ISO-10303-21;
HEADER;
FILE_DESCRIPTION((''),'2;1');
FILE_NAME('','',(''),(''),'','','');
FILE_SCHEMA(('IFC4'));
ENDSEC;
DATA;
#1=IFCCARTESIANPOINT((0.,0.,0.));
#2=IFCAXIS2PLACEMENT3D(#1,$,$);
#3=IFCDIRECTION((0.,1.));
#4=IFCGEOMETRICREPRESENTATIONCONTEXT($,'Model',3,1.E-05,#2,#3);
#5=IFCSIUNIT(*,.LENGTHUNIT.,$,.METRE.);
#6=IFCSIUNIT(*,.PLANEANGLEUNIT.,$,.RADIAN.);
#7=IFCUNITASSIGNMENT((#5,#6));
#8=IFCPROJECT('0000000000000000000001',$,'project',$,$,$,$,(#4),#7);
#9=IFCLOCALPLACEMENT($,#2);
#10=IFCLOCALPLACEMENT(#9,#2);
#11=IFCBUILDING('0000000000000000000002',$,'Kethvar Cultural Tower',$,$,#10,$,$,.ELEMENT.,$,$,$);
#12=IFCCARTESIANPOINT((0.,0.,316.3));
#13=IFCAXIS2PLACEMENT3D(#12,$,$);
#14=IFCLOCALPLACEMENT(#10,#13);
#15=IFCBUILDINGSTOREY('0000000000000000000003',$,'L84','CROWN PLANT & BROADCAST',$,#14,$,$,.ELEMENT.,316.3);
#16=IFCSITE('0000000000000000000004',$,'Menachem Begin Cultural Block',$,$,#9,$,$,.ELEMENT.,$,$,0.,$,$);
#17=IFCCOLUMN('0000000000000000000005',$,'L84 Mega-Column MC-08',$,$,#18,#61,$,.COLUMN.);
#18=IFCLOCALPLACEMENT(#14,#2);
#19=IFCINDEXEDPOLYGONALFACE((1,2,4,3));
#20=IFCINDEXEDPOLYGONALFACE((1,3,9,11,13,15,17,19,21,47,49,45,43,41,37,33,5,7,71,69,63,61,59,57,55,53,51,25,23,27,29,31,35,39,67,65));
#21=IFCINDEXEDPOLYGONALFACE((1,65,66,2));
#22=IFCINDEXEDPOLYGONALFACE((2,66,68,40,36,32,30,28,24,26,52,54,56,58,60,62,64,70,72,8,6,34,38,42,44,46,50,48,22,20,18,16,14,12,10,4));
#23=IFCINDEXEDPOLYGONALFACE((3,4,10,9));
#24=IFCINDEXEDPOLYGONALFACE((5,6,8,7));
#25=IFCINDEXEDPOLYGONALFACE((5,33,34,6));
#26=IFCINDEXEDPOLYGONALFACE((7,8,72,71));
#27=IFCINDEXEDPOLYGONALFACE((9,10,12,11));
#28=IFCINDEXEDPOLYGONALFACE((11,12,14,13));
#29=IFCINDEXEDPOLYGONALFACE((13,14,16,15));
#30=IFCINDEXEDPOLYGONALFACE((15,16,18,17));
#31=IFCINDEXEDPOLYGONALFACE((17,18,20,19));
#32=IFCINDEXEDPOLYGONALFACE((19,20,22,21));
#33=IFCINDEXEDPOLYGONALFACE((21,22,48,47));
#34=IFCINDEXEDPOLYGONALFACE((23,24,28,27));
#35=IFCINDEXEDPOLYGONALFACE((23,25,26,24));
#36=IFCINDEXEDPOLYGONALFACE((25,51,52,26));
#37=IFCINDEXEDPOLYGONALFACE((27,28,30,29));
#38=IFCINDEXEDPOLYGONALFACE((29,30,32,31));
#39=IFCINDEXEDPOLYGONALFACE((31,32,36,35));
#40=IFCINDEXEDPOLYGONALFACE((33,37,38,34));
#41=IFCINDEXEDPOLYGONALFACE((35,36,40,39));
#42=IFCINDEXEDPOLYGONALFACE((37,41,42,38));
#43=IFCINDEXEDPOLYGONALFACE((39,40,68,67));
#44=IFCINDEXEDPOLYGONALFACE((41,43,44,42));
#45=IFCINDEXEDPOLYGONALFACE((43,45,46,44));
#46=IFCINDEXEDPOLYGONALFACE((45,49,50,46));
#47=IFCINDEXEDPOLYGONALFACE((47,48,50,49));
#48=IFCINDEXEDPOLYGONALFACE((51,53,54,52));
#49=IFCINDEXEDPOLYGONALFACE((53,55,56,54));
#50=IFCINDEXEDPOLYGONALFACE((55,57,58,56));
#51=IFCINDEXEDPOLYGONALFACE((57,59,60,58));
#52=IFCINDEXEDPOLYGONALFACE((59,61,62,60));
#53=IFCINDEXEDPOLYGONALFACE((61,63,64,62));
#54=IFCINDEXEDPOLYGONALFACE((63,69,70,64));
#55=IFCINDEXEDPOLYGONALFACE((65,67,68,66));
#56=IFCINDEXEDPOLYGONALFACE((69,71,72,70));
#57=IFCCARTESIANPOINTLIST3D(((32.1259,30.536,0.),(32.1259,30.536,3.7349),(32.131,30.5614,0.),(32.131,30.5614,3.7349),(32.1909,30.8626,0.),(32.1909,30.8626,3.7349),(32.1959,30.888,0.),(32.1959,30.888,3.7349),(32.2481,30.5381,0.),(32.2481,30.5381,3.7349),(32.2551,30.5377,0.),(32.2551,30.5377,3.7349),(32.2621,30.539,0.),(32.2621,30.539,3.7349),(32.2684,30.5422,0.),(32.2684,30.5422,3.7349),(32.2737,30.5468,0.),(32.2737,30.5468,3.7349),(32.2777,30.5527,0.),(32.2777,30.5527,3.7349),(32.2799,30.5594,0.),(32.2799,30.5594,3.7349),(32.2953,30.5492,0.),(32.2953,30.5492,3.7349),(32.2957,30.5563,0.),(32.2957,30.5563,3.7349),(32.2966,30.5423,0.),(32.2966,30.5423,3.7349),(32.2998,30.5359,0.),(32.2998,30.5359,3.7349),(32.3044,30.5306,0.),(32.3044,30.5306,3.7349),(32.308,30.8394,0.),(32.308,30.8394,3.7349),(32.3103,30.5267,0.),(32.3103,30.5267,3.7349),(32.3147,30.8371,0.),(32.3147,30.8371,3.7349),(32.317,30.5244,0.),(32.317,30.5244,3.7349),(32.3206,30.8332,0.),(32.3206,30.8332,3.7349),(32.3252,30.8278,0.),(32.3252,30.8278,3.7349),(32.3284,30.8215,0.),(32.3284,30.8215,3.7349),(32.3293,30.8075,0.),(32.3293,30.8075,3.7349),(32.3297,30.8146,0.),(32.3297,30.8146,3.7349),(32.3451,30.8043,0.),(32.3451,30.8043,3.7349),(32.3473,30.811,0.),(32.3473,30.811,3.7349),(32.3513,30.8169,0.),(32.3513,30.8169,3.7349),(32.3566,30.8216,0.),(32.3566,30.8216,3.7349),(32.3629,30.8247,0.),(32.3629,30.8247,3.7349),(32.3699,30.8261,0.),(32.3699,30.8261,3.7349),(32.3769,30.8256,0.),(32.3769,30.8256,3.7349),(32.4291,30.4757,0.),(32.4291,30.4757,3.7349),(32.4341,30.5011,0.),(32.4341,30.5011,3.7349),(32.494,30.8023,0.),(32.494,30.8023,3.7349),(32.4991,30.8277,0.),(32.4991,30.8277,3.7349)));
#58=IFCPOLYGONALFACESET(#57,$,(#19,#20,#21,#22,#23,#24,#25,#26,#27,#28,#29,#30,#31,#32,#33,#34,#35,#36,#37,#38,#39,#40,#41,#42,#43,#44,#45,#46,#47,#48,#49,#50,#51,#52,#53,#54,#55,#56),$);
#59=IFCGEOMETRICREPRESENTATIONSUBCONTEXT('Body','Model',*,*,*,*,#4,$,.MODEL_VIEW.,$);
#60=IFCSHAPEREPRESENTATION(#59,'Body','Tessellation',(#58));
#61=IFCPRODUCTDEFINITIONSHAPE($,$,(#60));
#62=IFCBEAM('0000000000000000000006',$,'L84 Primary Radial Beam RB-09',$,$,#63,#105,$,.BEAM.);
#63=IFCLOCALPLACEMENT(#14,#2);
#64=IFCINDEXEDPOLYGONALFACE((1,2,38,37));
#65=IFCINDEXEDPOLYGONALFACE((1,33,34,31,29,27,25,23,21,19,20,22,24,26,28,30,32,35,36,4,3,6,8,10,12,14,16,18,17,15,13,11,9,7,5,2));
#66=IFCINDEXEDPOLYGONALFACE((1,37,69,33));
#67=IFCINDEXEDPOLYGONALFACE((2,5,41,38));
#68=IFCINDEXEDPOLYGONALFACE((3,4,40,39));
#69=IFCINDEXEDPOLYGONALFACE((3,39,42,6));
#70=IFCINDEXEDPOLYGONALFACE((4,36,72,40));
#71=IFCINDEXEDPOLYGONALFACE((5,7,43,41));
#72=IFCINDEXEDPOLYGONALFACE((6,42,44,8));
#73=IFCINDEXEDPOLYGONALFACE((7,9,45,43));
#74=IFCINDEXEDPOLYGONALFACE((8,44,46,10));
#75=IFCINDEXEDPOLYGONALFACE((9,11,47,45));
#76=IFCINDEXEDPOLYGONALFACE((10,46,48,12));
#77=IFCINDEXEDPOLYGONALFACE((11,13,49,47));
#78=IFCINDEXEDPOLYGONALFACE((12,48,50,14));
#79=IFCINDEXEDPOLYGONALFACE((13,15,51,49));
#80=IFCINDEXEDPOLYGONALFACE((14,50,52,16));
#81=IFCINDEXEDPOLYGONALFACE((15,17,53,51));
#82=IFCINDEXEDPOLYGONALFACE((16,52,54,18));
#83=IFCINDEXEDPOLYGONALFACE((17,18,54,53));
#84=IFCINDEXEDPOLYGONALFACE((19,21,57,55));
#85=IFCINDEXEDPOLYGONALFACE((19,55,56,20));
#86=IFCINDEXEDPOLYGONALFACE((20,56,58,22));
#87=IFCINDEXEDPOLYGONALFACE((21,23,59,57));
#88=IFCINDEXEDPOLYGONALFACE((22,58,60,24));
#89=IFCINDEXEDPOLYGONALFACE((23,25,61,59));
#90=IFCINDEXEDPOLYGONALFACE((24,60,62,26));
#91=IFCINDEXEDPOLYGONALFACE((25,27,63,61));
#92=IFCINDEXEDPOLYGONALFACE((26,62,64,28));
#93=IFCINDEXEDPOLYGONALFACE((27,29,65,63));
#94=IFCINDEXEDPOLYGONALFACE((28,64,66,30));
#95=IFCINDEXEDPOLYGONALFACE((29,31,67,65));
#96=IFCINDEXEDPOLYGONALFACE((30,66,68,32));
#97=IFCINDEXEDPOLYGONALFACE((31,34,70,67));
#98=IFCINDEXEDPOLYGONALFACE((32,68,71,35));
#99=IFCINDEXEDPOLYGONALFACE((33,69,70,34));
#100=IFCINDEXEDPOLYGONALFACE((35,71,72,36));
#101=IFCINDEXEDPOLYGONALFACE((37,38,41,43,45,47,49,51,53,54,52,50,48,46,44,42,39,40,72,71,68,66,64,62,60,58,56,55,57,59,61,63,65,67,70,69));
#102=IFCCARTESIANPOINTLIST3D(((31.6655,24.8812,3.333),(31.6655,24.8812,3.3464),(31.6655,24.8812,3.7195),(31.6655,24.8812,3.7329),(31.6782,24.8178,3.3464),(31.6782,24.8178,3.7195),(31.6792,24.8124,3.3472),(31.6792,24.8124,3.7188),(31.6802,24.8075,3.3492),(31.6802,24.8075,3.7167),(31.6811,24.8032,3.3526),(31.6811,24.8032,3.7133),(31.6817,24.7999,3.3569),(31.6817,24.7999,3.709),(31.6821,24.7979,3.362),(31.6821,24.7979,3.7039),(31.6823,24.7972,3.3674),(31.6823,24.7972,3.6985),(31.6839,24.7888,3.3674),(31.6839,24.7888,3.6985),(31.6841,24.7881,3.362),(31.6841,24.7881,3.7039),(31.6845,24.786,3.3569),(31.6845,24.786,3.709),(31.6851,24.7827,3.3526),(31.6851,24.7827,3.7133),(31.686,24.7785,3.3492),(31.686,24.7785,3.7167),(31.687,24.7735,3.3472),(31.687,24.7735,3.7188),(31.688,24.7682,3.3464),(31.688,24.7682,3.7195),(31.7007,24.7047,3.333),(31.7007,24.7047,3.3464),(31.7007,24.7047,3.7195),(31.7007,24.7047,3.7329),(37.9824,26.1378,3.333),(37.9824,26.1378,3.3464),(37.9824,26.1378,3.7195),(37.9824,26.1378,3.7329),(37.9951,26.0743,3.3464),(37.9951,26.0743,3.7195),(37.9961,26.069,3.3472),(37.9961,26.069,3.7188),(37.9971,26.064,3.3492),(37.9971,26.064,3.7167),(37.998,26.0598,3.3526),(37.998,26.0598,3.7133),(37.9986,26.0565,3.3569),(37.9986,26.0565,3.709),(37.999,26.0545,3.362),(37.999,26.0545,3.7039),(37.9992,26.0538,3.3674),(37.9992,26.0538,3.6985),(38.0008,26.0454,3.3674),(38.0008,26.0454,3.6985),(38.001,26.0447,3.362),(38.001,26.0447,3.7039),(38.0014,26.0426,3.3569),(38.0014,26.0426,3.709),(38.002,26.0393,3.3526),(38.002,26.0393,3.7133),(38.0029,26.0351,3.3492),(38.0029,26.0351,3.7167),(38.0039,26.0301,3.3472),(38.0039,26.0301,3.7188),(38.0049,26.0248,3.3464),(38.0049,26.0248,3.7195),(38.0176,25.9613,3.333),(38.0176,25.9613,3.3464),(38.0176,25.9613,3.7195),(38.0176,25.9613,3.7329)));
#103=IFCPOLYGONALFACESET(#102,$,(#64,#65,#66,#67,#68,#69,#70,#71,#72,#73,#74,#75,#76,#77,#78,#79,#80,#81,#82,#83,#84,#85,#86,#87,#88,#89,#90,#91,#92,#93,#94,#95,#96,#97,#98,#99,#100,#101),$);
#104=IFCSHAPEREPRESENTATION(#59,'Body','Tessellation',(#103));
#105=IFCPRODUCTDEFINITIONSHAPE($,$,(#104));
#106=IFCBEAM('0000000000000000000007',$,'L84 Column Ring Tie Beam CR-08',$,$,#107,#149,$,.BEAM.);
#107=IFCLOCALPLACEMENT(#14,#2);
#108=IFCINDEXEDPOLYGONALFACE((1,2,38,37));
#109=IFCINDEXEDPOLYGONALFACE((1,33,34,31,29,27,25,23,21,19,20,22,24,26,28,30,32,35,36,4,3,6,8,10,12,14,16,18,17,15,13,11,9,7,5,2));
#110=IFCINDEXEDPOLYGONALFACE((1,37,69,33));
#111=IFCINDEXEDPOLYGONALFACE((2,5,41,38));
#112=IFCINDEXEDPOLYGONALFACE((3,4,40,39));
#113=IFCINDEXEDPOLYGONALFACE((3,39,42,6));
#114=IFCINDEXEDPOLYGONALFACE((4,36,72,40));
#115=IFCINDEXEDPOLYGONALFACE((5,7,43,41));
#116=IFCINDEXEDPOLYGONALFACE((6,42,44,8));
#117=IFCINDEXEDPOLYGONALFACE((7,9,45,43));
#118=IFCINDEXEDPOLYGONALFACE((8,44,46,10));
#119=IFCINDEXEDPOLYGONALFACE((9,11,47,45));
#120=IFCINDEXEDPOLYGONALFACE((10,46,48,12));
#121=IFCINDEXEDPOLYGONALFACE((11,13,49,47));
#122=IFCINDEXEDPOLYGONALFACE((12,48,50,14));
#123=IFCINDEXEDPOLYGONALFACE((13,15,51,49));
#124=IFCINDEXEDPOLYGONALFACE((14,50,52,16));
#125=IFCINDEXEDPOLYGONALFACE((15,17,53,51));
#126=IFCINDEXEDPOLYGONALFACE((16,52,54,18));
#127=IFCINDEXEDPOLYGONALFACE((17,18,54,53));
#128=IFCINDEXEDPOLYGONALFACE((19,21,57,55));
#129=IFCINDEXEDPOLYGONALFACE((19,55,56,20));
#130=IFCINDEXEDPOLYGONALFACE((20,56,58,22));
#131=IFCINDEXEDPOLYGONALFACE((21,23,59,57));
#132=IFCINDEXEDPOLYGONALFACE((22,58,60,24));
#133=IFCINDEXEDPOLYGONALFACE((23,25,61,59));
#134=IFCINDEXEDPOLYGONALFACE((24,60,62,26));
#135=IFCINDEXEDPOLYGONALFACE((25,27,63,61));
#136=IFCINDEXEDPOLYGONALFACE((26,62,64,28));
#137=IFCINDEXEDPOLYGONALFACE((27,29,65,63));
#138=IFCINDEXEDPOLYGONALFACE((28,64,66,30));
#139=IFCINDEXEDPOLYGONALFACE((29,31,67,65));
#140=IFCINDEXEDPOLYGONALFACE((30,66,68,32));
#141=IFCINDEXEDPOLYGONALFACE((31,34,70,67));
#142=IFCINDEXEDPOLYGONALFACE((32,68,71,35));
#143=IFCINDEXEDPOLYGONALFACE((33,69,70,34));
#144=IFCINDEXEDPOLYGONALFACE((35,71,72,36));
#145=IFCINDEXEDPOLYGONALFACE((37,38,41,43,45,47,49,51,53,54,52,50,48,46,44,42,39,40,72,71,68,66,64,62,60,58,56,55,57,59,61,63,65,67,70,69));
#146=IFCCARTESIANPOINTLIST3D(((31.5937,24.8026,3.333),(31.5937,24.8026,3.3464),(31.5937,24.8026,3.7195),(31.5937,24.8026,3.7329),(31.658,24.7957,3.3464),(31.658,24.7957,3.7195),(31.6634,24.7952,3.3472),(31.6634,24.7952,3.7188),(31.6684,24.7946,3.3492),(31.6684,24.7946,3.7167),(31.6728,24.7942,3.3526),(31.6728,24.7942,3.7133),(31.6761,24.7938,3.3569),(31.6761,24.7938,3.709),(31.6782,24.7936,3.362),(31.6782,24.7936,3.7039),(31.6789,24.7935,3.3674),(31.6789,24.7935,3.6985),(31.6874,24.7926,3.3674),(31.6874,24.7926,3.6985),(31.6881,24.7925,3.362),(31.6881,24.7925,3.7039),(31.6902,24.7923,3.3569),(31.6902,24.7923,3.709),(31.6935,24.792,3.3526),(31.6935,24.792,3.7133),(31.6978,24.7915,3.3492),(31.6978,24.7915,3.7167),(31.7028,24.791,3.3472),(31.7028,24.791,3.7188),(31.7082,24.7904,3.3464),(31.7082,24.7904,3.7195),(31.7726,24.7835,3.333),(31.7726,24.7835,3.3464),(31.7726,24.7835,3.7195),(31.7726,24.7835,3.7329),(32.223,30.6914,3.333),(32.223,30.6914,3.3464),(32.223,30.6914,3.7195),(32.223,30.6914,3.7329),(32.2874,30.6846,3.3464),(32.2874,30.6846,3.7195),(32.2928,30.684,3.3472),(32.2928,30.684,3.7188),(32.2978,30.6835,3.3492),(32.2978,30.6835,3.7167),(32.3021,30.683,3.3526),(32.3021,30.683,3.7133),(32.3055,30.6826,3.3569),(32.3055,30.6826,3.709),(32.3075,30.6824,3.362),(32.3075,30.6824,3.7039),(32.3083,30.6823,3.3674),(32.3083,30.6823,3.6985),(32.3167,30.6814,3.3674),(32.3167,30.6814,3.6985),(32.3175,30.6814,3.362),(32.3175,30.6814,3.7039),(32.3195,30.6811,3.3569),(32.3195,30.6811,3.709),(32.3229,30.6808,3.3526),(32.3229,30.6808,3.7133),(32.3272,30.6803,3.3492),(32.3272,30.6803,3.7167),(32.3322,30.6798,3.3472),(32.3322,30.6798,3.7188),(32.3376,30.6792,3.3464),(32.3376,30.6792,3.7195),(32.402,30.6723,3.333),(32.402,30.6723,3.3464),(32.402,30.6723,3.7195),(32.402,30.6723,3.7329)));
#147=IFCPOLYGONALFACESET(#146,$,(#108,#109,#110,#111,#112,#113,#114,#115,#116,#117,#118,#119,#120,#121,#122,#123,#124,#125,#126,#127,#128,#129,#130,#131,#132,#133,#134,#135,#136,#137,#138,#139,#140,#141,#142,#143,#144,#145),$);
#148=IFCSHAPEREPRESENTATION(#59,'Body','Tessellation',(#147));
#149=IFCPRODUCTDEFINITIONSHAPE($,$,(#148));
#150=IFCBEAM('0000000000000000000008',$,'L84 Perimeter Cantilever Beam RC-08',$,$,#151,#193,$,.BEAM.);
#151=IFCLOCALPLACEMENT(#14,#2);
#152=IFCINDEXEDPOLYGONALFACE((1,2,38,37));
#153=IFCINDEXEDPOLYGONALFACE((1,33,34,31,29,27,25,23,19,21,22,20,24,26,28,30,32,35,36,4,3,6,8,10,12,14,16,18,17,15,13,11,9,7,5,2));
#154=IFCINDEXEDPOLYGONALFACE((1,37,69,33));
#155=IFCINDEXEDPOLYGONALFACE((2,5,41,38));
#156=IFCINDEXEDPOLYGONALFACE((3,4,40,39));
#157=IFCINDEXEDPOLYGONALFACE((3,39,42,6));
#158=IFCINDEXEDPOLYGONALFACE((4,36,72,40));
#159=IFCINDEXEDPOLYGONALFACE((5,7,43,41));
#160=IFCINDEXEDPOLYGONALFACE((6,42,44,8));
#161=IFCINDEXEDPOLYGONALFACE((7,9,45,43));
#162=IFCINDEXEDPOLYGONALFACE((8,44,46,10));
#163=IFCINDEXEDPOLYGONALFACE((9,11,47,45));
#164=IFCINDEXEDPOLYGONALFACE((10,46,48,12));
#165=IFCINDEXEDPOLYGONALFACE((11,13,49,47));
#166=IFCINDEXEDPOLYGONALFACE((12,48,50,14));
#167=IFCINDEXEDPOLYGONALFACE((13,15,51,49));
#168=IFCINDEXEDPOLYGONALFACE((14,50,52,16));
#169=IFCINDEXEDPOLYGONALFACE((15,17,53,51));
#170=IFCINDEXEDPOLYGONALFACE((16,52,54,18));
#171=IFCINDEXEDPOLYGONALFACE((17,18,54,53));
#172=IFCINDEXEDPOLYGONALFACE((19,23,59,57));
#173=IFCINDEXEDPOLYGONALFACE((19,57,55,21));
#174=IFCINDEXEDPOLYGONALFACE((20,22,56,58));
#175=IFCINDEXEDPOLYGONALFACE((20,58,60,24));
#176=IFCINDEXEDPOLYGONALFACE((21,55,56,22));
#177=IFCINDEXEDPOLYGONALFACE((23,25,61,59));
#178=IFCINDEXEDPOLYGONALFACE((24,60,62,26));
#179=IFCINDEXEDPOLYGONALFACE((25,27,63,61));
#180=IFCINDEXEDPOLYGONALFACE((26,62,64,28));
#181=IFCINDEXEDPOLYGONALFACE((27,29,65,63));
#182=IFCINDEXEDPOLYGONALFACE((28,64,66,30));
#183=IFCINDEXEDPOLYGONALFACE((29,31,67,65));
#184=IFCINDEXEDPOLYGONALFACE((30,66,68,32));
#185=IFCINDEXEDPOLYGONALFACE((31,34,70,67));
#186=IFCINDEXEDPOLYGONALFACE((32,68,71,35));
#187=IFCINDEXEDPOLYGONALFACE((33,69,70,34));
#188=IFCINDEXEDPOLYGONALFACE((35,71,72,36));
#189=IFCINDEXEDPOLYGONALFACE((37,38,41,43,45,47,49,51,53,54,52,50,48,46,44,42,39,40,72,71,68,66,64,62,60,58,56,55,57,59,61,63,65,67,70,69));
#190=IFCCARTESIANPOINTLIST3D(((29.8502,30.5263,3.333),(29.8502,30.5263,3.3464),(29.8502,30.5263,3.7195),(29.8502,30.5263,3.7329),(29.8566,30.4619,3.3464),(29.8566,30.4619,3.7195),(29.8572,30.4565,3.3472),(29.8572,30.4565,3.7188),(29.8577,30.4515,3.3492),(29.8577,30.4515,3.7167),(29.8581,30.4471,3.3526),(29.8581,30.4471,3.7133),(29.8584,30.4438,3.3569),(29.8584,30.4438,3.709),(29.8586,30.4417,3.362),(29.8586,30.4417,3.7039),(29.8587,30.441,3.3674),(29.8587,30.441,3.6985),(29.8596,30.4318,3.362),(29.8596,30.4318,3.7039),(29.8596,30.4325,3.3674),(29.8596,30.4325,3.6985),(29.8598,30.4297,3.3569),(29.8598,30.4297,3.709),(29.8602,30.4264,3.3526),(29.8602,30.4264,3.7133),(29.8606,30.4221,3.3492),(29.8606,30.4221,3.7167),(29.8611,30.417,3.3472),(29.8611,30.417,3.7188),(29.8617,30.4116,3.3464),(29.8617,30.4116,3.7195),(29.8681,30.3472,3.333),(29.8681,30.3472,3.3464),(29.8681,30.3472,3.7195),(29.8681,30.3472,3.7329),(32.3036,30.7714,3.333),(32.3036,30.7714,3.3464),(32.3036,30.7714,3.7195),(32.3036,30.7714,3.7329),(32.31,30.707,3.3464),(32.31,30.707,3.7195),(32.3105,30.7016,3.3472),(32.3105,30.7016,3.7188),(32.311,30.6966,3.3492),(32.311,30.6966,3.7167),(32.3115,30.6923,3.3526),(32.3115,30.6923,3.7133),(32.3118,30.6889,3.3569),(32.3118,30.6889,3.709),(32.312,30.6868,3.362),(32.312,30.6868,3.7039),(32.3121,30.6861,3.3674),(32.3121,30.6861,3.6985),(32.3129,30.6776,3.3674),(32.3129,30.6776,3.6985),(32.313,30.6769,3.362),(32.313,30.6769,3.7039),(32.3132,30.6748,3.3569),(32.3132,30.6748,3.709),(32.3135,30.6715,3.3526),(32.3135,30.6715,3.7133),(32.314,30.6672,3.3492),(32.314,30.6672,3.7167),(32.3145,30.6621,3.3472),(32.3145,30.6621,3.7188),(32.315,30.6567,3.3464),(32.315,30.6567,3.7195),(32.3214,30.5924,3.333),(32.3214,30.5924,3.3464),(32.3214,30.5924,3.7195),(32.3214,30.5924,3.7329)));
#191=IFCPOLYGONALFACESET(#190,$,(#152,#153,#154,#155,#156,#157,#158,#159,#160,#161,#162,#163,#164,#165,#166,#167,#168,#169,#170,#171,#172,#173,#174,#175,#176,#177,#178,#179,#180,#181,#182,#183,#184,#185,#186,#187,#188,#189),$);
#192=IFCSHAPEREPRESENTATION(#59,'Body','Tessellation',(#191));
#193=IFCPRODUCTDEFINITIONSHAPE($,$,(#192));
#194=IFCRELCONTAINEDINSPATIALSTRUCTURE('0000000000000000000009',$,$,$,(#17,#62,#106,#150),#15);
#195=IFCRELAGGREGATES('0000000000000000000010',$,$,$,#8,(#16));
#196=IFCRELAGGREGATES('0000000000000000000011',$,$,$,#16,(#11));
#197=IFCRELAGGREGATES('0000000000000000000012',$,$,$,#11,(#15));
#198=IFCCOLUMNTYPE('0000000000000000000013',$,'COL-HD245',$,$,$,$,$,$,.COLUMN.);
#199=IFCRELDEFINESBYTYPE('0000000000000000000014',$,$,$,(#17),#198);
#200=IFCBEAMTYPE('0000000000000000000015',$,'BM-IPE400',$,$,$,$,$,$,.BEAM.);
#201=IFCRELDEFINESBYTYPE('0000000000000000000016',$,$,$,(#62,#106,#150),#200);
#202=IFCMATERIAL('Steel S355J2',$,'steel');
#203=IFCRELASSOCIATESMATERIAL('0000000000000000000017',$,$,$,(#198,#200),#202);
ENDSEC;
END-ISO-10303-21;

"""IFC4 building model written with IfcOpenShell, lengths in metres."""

from ifc_helpers import new_model, si_unit, direction, frame, origin, origin_2d, place, context, subcontext, project, spatial, i_section, extrude, source, transform, mapped, material, material_profile, profile_set, type_object, element, save


model = new_model("IFC4")

# Units and contexts
model_context = context("Model", 3, precision=1e-05, world=origin(), true_north=direction((0.0, 1.0)))
body_context = subcontext(model_context, "Body", "Model", "MODEL_VIEW")
ifc_project = project(units=[si_unit("LENGTHUNIT", "METRE"), si_unit("PLANEANGLEUNIT", "RADIAN")], contexts=[model_context])

# Site, building, storey
site_placement = place(None, origin())
site = spatial("IfcSite", under=ifc_project, at=site_placement, Name="Menachem Begin Cultural Block", CompositionType="ELEMENT", RefElevation=0.0)
building_placement = place(site_placement, origin())
building = spatial("IfcBuilding", under=site, at=building_placement, Name="Kethvar Cultural Tower", CompositionType="ELEMENT")
storey_placement = place(building_placement, frame((0.0, 0.0, 316.3)))
storey = spatial("IfcBuildingStorey", under=building, at=storey_placement, Name="L84", Description="CROWN PLANT & BROADCAST", CompositionType="ELEMENT", Elevation=316.3)

# Column
ifc_material_1 = material(Name="Steel S355J2", Category="steel")
ifc_material_profile_1 = material_profile(ifc_material_1, i_section(OverallWidth=0.3091, OverallDepth=0.3589, WebThickness=0.0161, FlangeThickness=0.0259, FilletRadius=0.0271, at=origin_2d()), Name="Steel S355J2 — HD320x245")
ifc_profile_set_1 = profile_set([ifc_material_profile_1], Name="Steel S355J2 — HD320x245")
column_type = type_object("IfcColumnType", Name="COL-HD245", PredefinedType="COLUMN", material=ifc_profile_set_1)
shared_shape_1 = source(origin(), body_context, "Body", "SweptSolid", [
    extrude(i_section(OverallWidth=0.3091, OverallDepth=0.3589, WebThickness=0.0161, FlangeThickness=0.0259, FilletRadius=0.0271, at=origin_2d()), origin(), (0.0, 0.0, 1.0), 3.7349),
])
column_placement = place(storey_placement, frame((32.3125, 30.6819, 0.0), z_axis=(0.0, 0.0, 1.0), x_axis=(-0.980785, 0.19509, 0.0)))
element("IfcColumn", 1, at=column_placement, inside=storey, type_object=column_type, Name="L84 Mega-Column MC-08", PredefinedType="COLUMN", context=body_context, shape_type="MappedRepresentation", body=[
    mapped(shared_shape_1, transform((0.0, 0.0, 0.0), scale=1.0)),
])

# Beams
ifc_material_profile_2 = material_profile(ifc_material_1, i_section(OverallWidth=0.1799, OverallDepth=0.3999, WebThickness=0.0085, FlangeThickness=0.0134, FilletRadius=0.021, at=origin_2d()), Name="Steel S355J2 — IPE400")
ifc_profile_set_2 = profile_set([ifc_material_profile_2], Name="Steel S355J2 — IPE400")
beam_type_1 = type_object("IfcBeamType", Name="BM-IPE400", PredefinedType="BEAM", material=ifc_profile_set_2)
shared_shape_2 = source(origin(), body_context, "Body", "SweptSolid", [
    extrude(i_section(OverallWidth=0.1799, OverallDepth=0.3999, WebThickness=0.0085, FlangeThickness=0.0134, FilletRadius=0.021, at=origin_2d()), origin(), (0.0, 0.0, 1.0), 6.4407),
])
beam_1_placement = place(storey_placement, frame((38.0, 26.0496, 3.533), z_axis=(-0.980783, -0.195103, 0.0), x_axis=(0.195103, -0.980783, 0.0)))
element("IfcBeam", 2, at=beam_1_placement, inside=storey, type_object=beam_type_1, Name="L84 Primary Radial Beam RB-09", PredefinedType="BEAM", context=body_context, shape_type="MappedRepresentation", body=[
    mapped(shared_shape_2, transform((0.0, 0.0, 0.0), scale=1.0)),
])
shared_shape_3 = source(origin(), body_context, "Body", "SweptSolid", [
    extrude(i_section(OverallWidth=0.1799, OverallDepth=0.3999, WebThickness=0.0085, FlangeThickness=0.0134, FilletRadius=0.021, at=origin_2d()), origin(), (0.0, 0.0, 1.0), 5.9224),
])
beam_2_placement = place(storey_placement, frame((32.3125, 30.6819, 3.533), z_axis=(-0.106273, -0.994337, 0.0), x_axis=(0.994337, -0.106273, 0.0)))
element("IfcBeam", 3, at=beam_2_placement, inside=storey, type_object=beam_type_1, Name="L84 Column Ring Tie Beam CR-08", PredefinedType="BEAM", context=body_context, shape_type="MappedRepresentation", body=[
    mapped(shared_shape_3, transform((0.0, 0.0, 0.0), scale=1.0)),
])
shared_shape_4 = source(origin(), body_context, "Body", "SweptSolid", [
    extrude(i_section(OverallWidth=0.1799, OverallDepth=0.3999, WebThickness=0.0085, FlangeThickness=0.0134, FilletRadius=0.021, at=origin_2d()), origin(), (0.0, 0.0, 1.0), 2.4656),
])
beam_3_placement = place(storey_placement, frame((32.3125, 30.6819, 3.533), z_axis=(-0.995046, -0.099415, 0.0), x_axis=(0.099415, -0.995046, 0.0)))
element("IfcBeam", 4, at=beam_3_placement, inside=storey, type_object=beam_type_1, Name="L84 Perimeter Cantilever Beam RC-08", PredefinedType="BEAM", context=body_context, shape_type="MappedRepresentation", body=[
    mapped(shared_shape_4, transform((0.0, 0.0, 0.0), scale=1.0)),
])

save(model, "model.ifc")
